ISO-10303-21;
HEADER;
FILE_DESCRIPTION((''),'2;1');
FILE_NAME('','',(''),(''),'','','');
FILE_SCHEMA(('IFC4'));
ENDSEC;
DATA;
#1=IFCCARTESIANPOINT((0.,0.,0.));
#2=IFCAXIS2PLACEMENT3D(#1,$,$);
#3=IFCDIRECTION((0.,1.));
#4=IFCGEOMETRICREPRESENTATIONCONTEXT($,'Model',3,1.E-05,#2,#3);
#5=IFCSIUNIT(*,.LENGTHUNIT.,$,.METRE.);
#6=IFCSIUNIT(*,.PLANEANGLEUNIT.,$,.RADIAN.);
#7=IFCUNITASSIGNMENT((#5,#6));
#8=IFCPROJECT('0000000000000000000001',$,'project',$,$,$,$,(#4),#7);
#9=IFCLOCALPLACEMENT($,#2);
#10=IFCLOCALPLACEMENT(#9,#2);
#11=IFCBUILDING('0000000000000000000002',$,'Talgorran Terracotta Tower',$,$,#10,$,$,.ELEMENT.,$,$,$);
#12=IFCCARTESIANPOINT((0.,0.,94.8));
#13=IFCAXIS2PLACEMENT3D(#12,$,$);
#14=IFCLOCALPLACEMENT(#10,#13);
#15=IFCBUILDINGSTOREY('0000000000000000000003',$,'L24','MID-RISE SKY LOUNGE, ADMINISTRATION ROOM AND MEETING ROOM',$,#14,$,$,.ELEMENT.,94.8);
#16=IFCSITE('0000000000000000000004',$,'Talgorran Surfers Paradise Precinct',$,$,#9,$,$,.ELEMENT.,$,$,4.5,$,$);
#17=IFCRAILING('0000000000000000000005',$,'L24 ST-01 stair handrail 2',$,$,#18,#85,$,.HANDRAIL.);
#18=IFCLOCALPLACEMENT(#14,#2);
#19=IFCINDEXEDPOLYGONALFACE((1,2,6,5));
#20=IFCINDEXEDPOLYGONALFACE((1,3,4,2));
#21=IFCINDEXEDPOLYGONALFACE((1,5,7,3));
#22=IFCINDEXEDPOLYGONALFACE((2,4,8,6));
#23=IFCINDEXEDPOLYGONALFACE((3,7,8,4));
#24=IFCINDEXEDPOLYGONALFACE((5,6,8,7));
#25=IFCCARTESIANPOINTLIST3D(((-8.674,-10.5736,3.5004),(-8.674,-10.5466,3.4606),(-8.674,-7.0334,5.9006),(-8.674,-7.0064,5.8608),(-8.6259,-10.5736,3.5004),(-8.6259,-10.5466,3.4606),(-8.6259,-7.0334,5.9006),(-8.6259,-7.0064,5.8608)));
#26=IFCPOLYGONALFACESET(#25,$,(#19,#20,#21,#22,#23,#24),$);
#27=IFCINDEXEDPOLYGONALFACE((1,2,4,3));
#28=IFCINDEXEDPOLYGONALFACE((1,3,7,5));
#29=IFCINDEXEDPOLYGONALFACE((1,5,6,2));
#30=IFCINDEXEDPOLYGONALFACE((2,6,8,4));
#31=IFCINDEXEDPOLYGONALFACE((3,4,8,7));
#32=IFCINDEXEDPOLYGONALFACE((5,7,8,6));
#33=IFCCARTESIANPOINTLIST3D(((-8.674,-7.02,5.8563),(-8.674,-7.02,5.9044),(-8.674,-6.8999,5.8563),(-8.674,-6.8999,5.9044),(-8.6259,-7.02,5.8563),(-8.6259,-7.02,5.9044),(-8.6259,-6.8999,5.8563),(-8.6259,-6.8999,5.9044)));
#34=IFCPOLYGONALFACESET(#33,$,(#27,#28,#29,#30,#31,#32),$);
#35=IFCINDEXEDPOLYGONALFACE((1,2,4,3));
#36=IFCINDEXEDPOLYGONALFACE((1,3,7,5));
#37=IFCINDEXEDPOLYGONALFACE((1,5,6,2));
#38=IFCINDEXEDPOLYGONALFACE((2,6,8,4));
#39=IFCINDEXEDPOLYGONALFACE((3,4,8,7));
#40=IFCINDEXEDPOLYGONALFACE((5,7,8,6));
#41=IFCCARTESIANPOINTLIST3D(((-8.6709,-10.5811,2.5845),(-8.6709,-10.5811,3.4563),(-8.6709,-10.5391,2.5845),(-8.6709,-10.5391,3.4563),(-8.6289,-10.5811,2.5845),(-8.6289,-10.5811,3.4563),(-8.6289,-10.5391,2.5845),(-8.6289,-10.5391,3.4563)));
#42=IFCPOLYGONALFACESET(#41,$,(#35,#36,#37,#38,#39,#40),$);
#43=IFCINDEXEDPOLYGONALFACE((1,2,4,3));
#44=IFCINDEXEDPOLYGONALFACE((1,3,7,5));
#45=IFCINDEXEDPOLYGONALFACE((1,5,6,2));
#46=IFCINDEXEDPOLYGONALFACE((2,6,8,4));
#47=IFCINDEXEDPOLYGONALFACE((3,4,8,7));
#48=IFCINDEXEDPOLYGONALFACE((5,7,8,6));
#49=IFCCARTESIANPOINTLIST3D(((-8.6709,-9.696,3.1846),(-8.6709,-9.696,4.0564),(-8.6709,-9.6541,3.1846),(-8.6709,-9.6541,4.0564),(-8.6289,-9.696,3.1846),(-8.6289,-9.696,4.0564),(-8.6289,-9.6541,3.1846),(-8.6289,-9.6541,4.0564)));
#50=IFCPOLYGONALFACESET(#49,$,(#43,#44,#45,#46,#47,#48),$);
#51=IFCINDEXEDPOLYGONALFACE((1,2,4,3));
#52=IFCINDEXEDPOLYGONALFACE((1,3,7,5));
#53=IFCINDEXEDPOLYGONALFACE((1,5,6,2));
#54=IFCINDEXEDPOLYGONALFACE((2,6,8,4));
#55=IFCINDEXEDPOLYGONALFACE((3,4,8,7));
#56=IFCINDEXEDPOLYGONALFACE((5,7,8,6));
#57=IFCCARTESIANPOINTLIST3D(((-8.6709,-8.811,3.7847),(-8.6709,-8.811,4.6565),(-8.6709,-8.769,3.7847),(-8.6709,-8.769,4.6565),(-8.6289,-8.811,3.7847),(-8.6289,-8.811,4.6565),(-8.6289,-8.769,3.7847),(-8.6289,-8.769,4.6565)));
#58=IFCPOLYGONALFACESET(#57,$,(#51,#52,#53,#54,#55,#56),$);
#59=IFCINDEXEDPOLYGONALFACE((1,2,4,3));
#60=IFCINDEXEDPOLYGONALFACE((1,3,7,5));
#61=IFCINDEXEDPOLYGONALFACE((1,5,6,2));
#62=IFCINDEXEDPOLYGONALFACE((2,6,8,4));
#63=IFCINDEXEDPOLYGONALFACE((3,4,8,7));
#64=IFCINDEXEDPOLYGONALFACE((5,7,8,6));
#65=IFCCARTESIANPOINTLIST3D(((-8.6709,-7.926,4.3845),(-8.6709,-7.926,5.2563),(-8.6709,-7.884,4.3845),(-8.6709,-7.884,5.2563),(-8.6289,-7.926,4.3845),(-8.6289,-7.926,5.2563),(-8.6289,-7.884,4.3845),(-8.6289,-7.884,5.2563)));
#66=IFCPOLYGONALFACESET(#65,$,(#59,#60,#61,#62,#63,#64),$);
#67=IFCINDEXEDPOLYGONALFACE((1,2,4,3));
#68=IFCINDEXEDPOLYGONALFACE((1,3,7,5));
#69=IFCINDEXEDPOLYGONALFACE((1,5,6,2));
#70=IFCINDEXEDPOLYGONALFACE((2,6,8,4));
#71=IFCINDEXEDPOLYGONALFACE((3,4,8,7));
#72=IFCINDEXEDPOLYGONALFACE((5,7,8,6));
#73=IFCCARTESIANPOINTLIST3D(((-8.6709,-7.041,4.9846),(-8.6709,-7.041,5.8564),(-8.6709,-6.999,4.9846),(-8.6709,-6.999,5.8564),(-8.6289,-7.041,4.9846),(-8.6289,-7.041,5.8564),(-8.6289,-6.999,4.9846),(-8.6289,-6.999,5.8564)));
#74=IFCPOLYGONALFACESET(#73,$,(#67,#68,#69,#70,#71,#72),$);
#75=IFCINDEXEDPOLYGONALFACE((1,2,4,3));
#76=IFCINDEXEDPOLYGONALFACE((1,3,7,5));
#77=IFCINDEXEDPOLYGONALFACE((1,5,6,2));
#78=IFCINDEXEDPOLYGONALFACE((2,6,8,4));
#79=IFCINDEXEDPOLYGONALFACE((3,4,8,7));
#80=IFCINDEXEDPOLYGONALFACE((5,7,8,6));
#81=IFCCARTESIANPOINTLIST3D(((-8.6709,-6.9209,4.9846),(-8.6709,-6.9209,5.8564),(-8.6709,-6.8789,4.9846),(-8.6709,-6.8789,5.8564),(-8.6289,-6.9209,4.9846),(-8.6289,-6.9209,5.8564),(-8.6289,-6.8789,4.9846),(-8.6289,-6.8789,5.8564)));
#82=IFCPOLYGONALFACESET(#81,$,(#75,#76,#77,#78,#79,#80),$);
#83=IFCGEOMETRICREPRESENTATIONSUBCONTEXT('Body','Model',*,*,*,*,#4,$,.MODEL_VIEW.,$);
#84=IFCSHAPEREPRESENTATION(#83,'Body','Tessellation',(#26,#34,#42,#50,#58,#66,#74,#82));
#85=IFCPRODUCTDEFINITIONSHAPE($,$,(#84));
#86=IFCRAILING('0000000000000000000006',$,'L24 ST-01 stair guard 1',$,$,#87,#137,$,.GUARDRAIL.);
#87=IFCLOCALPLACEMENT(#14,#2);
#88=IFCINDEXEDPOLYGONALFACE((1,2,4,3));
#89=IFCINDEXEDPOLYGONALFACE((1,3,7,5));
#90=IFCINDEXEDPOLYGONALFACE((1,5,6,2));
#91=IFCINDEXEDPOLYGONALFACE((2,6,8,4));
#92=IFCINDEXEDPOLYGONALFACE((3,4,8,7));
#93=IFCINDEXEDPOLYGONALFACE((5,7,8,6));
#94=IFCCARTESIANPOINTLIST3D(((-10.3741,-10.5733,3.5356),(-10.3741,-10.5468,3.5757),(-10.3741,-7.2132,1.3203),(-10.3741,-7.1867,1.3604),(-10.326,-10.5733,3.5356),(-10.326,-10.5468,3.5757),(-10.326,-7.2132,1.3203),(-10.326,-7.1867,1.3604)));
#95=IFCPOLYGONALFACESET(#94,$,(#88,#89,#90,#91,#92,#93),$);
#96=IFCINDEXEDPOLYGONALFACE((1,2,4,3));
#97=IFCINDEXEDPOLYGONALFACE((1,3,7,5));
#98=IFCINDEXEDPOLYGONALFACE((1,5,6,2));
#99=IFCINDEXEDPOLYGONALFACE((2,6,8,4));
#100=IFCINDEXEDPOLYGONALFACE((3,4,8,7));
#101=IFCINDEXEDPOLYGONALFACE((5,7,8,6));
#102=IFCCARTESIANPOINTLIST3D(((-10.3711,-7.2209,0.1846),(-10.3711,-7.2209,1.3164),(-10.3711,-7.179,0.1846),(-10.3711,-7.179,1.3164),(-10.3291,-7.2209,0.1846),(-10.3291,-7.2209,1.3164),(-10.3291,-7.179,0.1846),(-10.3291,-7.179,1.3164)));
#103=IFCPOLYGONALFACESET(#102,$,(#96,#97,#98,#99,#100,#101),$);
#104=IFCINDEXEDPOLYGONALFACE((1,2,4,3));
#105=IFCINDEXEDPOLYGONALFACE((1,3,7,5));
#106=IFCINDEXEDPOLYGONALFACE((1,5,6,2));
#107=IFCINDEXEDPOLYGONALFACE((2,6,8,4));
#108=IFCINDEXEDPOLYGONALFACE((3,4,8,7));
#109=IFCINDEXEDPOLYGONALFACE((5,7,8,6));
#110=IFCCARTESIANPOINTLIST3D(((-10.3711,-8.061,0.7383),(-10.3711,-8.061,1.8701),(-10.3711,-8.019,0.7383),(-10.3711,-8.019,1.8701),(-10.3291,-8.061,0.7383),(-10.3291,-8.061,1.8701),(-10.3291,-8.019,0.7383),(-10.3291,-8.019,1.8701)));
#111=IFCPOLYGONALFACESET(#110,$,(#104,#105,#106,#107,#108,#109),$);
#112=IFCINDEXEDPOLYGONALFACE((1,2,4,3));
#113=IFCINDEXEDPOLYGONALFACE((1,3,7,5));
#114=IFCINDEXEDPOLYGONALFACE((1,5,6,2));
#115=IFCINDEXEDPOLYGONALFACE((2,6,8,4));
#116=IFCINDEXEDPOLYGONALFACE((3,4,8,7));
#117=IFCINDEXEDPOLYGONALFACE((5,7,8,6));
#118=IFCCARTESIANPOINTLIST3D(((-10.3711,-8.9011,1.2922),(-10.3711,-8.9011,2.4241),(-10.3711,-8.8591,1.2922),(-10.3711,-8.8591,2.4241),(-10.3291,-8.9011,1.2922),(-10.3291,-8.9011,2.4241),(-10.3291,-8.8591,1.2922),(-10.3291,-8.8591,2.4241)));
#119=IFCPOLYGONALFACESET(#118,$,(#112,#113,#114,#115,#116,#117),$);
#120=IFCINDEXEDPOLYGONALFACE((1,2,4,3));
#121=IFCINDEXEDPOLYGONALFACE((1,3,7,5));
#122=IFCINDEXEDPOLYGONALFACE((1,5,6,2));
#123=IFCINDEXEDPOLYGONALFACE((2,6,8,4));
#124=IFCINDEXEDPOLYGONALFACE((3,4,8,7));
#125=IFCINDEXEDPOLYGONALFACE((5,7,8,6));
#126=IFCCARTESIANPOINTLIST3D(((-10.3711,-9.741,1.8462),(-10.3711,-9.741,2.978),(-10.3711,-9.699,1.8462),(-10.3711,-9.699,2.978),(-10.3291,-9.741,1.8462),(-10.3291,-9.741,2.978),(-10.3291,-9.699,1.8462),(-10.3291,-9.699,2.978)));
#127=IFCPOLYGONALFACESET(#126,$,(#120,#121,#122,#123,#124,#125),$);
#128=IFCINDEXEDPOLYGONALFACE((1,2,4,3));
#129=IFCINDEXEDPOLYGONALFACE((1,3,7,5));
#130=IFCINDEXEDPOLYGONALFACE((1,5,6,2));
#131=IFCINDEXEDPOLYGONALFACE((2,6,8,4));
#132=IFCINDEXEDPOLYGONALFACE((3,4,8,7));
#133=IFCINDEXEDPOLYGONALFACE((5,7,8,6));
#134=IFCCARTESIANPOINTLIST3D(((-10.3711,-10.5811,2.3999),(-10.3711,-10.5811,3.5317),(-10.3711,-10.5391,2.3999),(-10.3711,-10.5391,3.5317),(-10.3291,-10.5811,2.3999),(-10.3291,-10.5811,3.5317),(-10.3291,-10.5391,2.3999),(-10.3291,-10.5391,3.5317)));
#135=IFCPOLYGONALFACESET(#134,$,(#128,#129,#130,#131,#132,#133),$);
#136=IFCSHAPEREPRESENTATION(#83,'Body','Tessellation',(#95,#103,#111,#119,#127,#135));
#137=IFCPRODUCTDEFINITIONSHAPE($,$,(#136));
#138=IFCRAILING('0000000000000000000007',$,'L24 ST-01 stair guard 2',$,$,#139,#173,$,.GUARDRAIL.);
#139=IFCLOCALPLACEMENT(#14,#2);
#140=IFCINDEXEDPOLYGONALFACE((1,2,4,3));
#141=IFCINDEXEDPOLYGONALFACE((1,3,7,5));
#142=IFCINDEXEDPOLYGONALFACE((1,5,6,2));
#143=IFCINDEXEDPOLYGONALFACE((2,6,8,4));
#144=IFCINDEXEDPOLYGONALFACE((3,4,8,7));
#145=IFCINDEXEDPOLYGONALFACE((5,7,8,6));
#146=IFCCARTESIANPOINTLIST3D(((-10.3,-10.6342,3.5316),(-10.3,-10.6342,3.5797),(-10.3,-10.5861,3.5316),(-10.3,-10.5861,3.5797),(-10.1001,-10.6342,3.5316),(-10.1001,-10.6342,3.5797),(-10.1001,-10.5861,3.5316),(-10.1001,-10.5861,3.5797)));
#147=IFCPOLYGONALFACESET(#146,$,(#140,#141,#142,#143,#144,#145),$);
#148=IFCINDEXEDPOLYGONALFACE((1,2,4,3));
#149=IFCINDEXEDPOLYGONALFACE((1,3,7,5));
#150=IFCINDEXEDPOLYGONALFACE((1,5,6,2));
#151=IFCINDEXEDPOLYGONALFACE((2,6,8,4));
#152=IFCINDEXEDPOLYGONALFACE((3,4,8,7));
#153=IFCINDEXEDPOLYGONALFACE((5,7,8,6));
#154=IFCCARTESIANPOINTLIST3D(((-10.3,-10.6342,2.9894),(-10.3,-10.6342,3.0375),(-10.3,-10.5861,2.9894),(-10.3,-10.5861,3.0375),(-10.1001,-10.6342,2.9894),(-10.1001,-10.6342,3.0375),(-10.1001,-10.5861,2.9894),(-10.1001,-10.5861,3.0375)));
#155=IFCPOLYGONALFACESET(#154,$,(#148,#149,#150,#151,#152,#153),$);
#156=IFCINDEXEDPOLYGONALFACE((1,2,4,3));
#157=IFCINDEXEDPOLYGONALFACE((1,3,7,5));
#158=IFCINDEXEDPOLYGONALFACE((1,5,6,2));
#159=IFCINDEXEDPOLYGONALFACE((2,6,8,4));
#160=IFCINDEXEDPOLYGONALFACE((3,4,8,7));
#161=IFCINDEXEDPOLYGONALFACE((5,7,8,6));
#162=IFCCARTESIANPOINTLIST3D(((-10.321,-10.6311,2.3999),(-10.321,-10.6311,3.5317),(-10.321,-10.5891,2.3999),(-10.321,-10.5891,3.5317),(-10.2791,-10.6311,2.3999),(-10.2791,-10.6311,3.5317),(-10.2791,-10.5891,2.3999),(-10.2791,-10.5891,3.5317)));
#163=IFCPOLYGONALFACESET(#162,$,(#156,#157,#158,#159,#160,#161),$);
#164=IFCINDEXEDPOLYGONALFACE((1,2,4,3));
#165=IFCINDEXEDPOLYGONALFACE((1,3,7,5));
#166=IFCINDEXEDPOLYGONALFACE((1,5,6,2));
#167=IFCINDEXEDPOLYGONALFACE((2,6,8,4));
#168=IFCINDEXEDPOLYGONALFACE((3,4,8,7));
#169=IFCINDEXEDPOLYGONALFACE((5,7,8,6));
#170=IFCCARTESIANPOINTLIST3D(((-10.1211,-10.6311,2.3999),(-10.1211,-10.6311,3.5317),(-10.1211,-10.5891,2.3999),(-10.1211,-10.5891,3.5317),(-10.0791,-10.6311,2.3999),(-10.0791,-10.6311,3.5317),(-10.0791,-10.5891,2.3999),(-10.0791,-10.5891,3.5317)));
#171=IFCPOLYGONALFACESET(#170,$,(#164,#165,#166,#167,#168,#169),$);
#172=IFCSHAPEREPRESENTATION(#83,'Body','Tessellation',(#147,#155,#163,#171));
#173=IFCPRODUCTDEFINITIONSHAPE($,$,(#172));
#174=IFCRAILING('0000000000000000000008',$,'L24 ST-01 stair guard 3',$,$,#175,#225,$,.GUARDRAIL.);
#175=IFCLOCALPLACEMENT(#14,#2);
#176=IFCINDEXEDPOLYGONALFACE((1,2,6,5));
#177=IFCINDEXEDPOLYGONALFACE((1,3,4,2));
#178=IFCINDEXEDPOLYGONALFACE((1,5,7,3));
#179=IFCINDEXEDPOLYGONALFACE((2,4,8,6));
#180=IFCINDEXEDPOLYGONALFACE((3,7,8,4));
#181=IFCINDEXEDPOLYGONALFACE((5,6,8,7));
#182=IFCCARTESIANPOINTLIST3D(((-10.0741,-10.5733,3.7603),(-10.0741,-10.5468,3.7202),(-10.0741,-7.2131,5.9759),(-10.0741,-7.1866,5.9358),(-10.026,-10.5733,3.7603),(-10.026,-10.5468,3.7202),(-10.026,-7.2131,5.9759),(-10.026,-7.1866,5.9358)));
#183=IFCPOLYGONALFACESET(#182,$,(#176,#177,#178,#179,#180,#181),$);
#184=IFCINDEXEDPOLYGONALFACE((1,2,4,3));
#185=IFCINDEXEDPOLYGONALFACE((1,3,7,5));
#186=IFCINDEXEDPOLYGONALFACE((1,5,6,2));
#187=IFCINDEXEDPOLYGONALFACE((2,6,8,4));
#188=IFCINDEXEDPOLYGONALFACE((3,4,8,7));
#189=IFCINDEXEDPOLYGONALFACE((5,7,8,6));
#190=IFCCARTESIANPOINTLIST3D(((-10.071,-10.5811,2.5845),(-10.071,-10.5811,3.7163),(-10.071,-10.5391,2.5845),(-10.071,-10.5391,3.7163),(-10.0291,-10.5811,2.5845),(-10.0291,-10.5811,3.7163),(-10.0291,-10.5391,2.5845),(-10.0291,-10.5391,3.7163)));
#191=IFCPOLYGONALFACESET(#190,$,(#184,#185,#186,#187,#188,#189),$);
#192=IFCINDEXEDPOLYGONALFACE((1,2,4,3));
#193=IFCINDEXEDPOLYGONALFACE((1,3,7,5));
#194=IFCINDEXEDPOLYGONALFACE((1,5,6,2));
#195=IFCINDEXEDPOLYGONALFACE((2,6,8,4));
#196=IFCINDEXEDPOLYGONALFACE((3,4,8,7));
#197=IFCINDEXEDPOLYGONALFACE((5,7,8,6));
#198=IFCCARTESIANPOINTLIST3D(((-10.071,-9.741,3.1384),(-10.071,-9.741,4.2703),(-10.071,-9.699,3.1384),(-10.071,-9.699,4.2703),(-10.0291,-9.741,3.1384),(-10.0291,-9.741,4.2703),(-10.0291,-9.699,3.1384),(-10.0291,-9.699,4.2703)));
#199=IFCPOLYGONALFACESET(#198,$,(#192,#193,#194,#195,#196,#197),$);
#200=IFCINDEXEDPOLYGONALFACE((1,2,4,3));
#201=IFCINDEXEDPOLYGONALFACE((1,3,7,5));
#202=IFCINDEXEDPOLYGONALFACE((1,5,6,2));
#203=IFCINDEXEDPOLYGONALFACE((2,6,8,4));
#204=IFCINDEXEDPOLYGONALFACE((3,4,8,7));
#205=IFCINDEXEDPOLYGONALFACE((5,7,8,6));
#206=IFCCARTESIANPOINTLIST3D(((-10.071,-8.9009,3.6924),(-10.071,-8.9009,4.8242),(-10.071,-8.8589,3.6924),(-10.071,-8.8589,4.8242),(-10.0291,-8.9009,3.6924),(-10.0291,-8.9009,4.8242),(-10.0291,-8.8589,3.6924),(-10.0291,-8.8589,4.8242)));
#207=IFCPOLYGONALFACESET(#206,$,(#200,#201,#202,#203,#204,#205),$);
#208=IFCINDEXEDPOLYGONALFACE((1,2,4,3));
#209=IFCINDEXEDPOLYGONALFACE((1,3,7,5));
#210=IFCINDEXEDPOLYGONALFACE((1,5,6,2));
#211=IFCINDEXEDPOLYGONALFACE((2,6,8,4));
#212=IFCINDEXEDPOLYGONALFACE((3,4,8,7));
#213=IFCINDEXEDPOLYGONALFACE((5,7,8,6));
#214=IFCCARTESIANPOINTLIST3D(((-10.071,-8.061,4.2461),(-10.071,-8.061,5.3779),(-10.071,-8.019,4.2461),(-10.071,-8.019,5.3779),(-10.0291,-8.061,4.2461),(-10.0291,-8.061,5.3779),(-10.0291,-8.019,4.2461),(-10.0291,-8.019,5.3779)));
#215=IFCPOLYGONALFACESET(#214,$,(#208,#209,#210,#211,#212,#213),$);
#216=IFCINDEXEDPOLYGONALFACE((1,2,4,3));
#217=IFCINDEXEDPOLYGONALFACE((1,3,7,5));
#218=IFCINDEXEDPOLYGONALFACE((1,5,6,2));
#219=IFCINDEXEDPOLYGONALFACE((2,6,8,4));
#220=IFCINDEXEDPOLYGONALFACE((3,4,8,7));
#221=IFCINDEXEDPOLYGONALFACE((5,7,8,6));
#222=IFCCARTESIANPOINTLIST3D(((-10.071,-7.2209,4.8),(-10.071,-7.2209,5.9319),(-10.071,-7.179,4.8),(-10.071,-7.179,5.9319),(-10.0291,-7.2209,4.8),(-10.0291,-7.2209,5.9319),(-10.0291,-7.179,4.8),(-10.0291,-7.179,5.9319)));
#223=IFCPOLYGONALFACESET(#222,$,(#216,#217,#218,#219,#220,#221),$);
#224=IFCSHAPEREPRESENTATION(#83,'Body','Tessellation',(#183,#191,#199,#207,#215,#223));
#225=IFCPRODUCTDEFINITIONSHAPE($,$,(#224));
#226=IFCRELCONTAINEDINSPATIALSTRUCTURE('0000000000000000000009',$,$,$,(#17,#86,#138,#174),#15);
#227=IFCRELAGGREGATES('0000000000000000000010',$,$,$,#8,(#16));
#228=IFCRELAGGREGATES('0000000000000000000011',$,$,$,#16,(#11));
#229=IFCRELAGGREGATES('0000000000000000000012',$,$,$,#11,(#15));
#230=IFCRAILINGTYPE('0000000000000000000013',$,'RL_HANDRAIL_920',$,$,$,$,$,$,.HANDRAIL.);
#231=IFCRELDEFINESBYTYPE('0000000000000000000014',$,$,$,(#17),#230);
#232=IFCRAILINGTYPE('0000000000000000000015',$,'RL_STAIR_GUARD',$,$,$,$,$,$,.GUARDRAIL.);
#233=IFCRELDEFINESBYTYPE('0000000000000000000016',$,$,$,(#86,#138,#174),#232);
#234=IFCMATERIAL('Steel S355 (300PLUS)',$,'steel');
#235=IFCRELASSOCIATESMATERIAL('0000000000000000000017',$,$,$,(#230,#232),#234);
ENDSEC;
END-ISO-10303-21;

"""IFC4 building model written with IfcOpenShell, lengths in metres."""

from ifc_helpers import new_model, si_unit, direction, frame, origin, origin_2d, place, context, subcontext, project, spatial, rectangle, extrude, material, type_object, element, save


model = new_model("IFC4")

# Units and contexts
model_context = context("Model", 3, precision=1e-05, world=origin(), true_north=direction((0.0, 1.0)))
body_context = subcontext(model_context, "Body", "Model", "MODEL_VIEW")
ifc_project = project(units=[si_unit("LENGTHUNIT", "METRE"), si_unit("PLANEANGLEUNIT", "RADIAN")], contexts=[model_context])

# Site, building, storey
site_placement = place(None, origin())
site = spatial("IfcSite", under=ifc_project, at=site_placement, Name="Talgorran Surfers Paradise Precinct", CompositionType="ELEMENT", RefElevation=4.5)
building_placement = place(site_placement, origin())
building = spatial("IfcBuilding", under=site, at=building_placement, Name="Talgorran Terracotta Tower", CompositionType="ELEMENT")
storey_placement = place(building_placement, frame((0.0, 0.0, 94.8)))
storey = spatial("IfcBuildingStorey", under=building, at=storey_placement, Name="L24", Description="MID-RISE SKY LOUNGE, ADMINISTRATION ROOM AND MEETING ROOM", CompositionType="ELEMENT", Elevation=94.8)

# Shared definitions
ifc_material_1 = material(Name="Steel S355 (300PLUS)", Category="steel")

# Railings
railing_type_1 = type_object("IfcRailingType", Name="RL_HANDRAIL_920", PredefinedType="HANDRAIL", material=ifc_material_1)
railing_1_placement = place(storey_placement, frame((-8.6499, -10.5601, 2.5845)))
element("IfcRailing", 1, at=railing_1_placement, inside=storey, type_object=railing_type_1, Name="L24 ST-01 stair handrail 2", PredefinedType="HANDRAIL", context=body_context, shape_type="SweptSolid", body=[
    extrude(rectangle(XDim=0.0481, YDim=0.0481, at=origin_2d()), frame((0.0, 0.0, 0.896), z_axis=(0.0, 0.827695, 0.561178), x_axis=(-1.0, 0.0, 0.0)), (0.0, 0.0, 1.0), 4.2771),
    extrude(rectangle(XDim=0.0481, YDim=0.0481, at=origin_2d()), frame((0.0, 3.54, 3.2959), z_axis=(0.0, 1.0, 0.0), x_axis=(-1.0, 0.0, 0.0)), (0.0, 0.0, 1.0), 0.1201),
    extrude(rectangle(XDim=0.042, YDim=0.042, at=origin_2d()), origin(), (0.0, 0.0, 1.0), 0.8718),
    extrude(rectangle(XDim=0.042, YDim=0.042, at=origin_2d()), frame((0.0, 0.885, 0.6001)), (0.0, 0.0, 1.0), 0.8718),
    extrude(rectangle(XDim=0.042, YDim=0.042, at=origin_2d()), frame((0.0, 1.77, 1.2002)), (0.0, 0.0, 1.0), 0.8718),
    extrude(rectangle(XDim=0.042, YDim=0.042, at=origin_2d()), frame((0.0, 2.655, 1.8)), (0.0, 0.0, 1.0), 0.8718),
    extrude(rectangle(XDim=0.042, YDim=0.042, at=origin_2d()), frame((0.0, 3.54, 2.4001)), (0.0, 0.0, 1.0), 0.8718),
    extrude(rectangle(XDim=0.042, YDim=0.042, at=origin_2d()), frame((0.0, 3.6602, 2.4001)), (0.0, 0.0, 1.0), 0.8718),
])
railing_type_2 = type_object("IfcRailingType", Name="RL_STAIR_GUARD", PredefinedType="GUARDRAIL", material=ifc_material_1)
railing_2_placement = place(storey_placement, frame((-10.3501, -7.2, 0.1846)))
element("IfcRailing", 2, at=railing_2_placement, inside=storey, type_object=railing_type_2, Name="L24 ST-01 stair guard 1", PredefinedType="GUARDRAIL", context=body_context, shape_type="SweptSolid", body=[
    extrude(rectangle(XDim=0.0481, YDim=0.0481, at=origin_2d()), frame((0.0, 0.0, 1.1558), z_axis=(0.0, -0.834876, 0.550437), x_axis=(1.0, 0.0, 0.0)), (0.0, 0.0, 1.0), 4.0247),
    extrude(rectangle(XDim=0.042, YDim=0.042, at=origin_2d()), origin(), (0.0, 0.0, 1.0), 1.1318),
    extrude(rectangle(XDim=0.042, YDim=0.042, at=origin_2d()), frame((0.0, -0.8401, 0.5537)), (0.0, 0.0, 1.0), 1.1318),
    extrude(rectangle(XDim=0.042, YDim=0.042, at=origin_2d()), frame((0.0, -1.6802, 1.1077)), (0.0, 0.0, 1.0), 1.1318),
    extrude(rectangle(XDim=0.042, YDim=0.042, at=origin_2d()), frame((0.0, -2.52, 1.6616)), (0.0, 0.0, 1.0), 1.1318),
    extrude(rectangle(XDim=0.042, YDim=0.042, at=origin_2d()), frame((0.0, -3.3601, 2.2153)), (0.0, 0.0, 1.0), 1.1318),
])
railing_3_placement = place(storey_placement, frame((-10.3, -10.6101, 2.3999)))
element("IfcRailing", 3, at=railing_3_placement, inside=storey, type_object=railing_type_2, Name="L24 ST-01 stair guard 2", PredefinedType="GUARDRAIL", context=body_context, shape_type="SweptSolid", body=[
    extrude(rectangle(XDim=0.0481, YDim=0.0481, at=origin_2d()), frame((0.0, 0.0, 1.1558), z_axis=(1.0, 0.0, 0.0), x_axis=(0.0, 1.0, 0.0)), (0.0, 0.0, 1.0), 0.2),
    extrude(rectangle(XDim=0.0481, YDim=0.0481, at=origin_2d()), frame((0.0, 0.0, 0.6135), z_axis=(1.0, 0.0, 0.0), x_axis=(0.0, 1.0, 0.0)), (0.0, 0.0, 1.0), 0.2),
    extrude(rectangle(XDim=0.042, YDim=0.042, at=origin_2d()), origin(), (0.0, 0.0, 1.0), 1.1318),
    extrude(rectangle(XDim=0.042, YDim=0.042, at=origin_2d()), frame((0.2, 0.0, 0.0)), (0.0, 0.0, 1.0), 1.1318),
])
railing_4_placement = place(storey_placement, frame((-10.05, -10.5601, 2.5845)))
element("IfcRailing", 4, at=railing_4_placement, inside=storey, type_object=railing_type_2, Name="L24 ST-01 stair guard 3", PredefinedType="GUARDRAIL", context=body_context, shape_type="SweptSolid", body=[
    extrude(rectangle(XDim=0.0481, YDim=0.0481, at=origin_2d()), frame((0.0, 0.0, 1.1558), z_axis=(0.0, 0.834849, 0.55048), x_axis=(-1.0, 0.0, 0.0)), (0.0, 0.0, 1.0), 4.0249),
    extrude(rectangle(XDim=0.042, YDim=0.042, at=origin_2d()), origin(), (0.0, 0.0, 1.0), 1.1318),
    extrude(rectangle(XDim=0.042, YDim=0.042, at=origin_2d()), frame((0.0, 0.8401, 0.554)), (0.0, 0.0, 1.0), 1.1318),
    extrude(rectangle(XDim=0.042, YDim=0.042, at=origin_2d()), frame((0.0, 1.6802, 1.1079)), (0.0, 0.0, 1.0), 1.1318),
    extrude(rectangle(XDim=0.042, YDim=0.042, at=origin_2d()), frame((0.0, 2.52, 1.6616)), (0.0, 0.0, 1.0), 1.1318),
    extrude(rectangle(XDim=0.042, YDim=0.042, at=origin_2d()), frame((0.0, 3.3601, 2.2156)), (0.0, 0.0, 1.0), 1.1318),
])

save(model, "model.ifc")
